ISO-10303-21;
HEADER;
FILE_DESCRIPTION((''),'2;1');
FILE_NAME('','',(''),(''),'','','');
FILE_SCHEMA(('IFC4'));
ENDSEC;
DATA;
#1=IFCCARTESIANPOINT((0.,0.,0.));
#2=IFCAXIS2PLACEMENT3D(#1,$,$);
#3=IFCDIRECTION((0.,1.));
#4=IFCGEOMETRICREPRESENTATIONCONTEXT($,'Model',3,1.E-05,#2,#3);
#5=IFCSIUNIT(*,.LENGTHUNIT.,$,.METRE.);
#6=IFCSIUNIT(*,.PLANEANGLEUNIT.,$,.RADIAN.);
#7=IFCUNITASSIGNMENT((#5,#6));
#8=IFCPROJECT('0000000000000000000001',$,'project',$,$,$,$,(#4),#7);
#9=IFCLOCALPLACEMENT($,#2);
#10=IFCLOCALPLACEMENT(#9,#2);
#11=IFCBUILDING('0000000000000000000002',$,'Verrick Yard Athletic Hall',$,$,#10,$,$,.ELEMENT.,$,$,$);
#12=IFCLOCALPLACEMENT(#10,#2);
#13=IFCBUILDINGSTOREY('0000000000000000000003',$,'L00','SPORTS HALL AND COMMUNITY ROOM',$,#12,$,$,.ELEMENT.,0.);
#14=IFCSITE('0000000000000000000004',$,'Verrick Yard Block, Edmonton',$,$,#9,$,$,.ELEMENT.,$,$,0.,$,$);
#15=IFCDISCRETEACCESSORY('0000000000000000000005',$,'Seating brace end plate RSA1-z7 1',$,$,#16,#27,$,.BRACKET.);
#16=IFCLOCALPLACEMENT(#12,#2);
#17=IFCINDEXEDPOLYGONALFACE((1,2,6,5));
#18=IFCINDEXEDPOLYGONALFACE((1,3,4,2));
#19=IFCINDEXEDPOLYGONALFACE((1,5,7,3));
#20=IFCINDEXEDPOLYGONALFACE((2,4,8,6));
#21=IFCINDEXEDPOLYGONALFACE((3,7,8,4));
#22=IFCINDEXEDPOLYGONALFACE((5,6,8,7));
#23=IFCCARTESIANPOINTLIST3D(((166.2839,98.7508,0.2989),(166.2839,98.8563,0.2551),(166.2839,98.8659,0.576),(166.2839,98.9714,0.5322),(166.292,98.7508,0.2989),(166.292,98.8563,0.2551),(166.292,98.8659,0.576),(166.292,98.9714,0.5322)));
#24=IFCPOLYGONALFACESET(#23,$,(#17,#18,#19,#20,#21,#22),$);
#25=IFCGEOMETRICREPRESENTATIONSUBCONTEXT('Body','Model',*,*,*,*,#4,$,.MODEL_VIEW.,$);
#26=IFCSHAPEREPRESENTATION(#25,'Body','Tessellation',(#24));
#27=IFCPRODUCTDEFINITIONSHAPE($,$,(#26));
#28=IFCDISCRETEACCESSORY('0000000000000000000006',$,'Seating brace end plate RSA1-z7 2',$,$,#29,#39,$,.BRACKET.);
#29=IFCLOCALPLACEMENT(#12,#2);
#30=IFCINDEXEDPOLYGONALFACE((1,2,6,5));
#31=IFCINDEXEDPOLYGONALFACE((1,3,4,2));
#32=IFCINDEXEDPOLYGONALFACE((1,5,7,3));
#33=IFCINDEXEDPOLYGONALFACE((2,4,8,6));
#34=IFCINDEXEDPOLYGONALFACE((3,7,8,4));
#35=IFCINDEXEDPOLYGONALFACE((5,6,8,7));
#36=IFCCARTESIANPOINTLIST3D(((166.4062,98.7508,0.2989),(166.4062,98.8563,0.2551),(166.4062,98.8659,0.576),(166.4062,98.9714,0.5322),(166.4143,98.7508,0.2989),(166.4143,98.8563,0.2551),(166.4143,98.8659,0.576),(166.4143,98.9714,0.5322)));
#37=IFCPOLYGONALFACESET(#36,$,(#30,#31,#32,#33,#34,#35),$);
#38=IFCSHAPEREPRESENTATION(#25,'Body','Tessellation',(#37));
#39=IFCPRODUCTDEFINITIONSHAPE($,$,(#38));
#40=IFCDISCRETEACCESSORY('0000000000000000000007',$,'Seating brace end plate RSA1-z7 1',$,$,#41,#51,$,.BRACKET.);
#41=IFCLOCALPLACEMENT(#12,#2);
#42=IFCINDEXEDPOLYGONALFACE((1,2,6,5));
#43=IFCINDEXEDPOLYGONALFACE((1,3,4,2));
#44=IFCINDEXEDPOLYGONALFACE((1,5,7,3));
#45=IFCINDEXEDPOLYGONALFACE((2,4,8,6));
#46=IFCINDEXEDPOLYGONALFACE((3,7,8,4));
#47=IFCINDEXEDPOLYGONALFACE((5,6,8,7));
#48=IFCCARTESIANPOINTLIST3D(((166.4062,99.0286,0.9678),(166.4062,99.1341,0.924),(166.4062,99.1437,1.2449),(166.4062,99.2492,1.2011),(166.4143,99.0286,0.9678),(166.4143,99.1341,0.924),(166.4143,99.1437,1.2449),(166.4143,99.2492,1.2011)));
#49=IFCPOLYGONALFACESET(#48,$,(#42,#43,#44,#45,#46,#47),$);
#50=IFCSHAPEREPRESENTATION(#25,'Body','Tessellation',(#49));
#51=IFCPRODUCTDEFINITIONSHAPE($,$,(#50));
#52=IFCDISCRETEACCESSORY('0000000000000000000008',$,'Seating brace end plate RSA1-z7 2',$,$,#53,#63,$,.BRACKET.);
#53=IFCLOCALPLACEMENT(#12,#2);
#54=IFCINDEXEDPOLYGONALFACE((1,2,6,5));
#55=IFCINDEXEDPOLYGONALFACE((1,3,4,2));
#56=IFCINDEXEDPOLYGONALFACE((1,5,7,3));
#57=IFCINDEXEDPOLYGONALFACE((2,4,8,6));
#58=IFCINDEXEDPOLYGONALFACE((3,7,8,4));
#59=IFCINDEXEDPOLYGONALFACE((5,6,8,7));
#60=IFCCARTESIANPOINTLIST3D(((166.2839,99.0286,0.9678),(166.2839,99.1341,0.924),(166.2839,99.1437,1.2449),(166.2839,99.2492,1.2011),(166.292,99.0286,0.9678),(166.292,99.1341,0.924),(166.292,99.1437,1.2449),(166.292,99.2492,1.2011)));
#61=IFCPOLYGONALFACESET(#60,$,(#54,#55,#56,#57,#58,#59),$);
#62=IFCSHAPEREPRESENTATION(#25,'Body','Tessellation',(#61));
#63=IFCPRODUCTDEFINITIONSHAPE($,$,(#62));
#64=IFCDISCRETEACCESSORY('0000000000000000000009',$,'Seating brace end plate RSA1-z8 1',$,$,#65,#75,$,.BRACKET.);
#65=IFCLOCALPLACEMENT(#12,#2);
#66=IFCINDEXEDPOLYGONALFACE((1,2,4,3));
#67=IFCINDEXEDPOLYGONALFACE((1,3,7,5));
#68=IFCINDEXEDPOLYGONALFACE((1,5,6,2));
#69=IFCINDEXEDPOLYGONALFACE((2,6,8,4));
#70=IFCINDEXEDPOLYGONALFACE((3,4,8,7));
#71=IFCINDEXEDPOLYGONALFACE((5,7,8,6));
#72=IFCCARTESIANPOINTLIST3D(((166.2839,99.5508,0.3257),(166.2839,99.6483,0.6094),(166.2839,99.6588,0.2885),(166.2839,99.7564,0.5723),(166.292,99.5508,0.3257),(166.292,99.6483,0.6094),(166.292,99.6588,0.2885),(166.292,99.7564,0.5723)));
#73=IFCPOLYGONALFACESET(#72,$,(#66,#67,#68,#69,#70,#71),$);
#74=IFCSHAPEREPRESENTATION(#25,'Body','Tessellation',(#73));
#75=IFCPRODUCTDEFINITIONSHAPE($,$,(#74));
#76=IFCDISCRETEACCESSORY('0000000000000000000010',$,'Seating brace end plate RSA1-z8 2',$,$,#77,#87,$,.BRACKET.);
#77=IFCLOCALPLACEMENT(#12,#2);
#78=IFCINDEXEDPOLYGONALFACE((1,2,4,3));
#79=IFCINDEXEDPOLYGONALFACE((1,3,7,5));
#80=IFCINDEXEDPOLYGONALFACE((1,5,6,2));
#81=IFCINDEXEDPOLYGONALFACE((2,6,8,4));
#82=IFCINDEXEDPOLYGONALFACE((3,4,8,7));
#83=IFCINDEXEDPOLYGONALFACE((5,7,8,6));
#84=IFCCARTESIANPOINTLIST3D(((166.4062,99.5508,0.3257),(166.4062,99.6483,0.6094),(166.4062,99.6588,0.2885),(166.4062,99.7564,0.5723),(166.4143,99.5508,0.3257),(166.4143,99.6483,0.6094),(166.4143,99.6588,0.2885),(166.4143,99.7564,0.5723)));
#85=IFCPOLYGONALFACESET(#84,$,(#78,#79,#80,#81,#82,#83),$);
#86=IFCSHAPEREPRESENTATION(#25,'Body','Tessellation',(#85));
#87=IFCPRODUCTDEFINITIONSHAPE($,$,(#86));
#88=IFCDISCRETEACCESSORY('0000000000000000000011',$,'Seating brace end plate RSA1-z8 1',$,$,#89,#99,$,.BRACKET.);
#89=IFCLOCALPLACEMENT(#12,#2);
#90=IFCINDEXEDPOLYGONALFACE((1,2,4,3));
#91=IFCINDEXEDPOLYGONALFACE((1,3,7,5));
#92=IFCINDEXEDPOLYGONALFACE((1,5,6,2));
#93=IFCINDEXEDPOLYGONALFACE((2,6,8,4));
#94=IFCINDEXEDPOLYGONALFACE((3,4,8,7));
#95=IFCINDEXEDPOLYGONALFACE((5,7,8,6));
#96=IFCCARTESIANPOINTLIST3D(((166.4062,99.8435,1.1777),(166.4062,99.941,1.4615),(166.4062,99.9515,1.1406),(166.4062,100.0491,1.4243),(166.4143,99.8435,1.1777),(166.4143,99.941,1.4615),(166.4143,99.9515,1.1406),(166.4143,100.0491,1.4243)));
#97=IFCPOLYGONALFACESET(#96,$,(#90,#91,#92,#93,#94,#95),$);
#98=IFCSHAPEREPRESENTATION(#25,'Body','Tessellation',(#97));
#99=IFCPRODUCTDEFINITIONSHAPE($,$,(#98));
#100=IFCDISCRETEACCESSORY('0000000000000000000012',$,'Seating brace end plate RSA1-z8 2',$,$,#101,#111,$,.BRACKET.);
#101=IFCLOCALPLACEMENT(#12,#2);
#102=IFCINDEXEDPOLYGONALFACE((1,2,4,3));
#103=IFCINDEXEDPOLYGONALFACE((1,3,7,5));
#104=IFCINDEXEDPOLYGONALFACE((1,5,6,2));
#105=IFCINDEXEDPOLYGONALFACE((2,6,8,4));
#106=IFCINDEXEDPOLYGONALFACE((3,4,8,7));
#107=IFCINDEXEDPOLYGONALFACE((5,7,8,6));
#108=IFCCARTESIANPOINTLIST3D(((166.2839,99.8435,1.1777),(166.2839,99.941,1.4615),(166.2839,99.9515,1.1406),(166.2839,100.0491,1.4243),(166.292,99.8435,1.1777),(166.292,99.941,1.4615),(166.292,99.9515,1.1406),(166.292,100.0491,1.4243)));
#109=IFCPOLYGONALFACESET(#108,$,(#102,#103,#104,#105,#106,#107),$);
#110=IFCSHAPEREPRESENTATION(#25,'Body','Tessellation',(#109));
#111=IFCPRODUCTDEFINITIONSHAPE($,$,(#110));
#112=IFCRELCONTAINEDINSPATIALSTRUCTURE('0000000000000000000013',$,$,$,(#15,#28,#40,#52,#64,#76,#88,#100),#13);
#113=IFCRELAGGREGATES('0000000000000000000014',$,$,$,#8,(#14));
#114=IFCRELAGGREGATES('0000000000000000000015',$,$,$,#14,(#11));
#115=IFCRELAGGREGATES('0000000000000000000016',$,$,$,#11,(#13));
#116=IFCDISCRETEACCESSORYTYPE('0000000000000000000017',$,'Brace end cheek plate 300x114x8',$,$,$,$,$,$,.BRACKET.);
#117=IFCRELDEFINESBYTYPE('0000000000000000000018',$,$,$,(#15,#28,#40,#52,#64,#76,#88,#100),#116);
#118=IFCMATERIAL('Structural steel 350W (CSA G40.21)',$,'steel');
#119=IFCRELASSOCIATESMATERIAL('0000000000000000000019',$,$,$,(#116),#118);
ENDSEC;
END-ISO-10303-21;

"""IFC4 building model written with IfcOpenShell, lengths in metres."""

from ifc_helpers import new_model, si_unit, direction, frame, origin, origin_2d, place, context, subcontext, project, spatial, rectangle, extrude, material, material_profile, profile_set, type_object, element, save


model = new_model("IFC4")

# Units and contexts
model_context = context("Model", 3, precision=1e-05, world=origin(), true_north=direction((0.0, 1.0)))
body_context = subcontext(model_context, "Body", "Model", "MODEL_VIEW")
ifc_project = project(units=[si_unit("LENGTHUNIT", "METRE"), si_unit("PLANEANGLEUNIT", "RADIAN")], contexts=[model_context])

# Site, building, storey
site_placement = place(None, origin())
site = spatial("IfcSite", under=ifc_project, at=site_placement, Name="Verrick Yard Block, Edmonton", CompositionType="ELEMENT", RefElevation=0.0)
building_placement = place(site_placement, origin())
building = spatial("IfcBuilding", under=site, at=building_placement, Name="Verrick Yard Athletic Hall", CompositionType="ELEMENT")
storey_placement = place(building_placement, origin())
storey = spatial("IfcBuildingStorey", under=building, at=storey_placement, Name="L00", Description="SPORTS HALL AND COMMUNITY ROOM", CompositionType="ELEMENT", Elevation=0.0)

# Shared definitions
ifc_material_1 = material(Name="Structural steel 350W (CSA G40.21)", Category="steel")

# Discrete accessories
ifc_material_profile_1 = material_profile(ifc_material_1, rectangle(XDim=0.3, YDim=0.1143, at=origin_2d()), Name="Brace end cheek plate")
ifc_profile_set_1 = profile_set([ifc_material_profile_1], Name="Structural steel 350W (CSA G40.21)")
discrete_accessory_type = type_object("IfcDiscreteAccessoryType", Name="Brace end cheek plate 300x114x8", PredefinedType="BRACKET", material=ifc_profile_set_1)
for number, where, z_axis, x_axis, name in (
    (1, (166.292, 98.8611, 0.4155), (-1.0, 0.0, 0.0), (0.0, 0.383566, 0.923513), "Seating brace end plate RSA1-z7 1"),
    (2, (166.4062, 98.8611, 0.4155), (1.0, 0.0, 0.0), (0.0, 0.383566, 0.923513), "Seating brace end plate RSA1-z7 2"),
    (3, (166.4062, 99.1389, 1.0845), (1.0, 0.0, 0.0), (0.0, -0.383566, -0.923513), "Seating brace end plate RSA1-z7 1"),
    (4, (166.292, 99.1389, 1.0845), (-1.0, 0.0, 0.0), (0.0, -0.383566, -0.923513), "Seating brace end plate RSA1-z7 2"),
    (5, (166.292, 99.6536, 0.449), (-1.0, 0.0, 0.0), (0.0, 0.325058, 0.945694), "Seating brace end plate RSA1-z8 1"),
    (6, (166.4062, 99.6536, 0.449), (1.0, 0.0, 0.0), (0.0, 0.325058, 0.945694), "Seating brace end plate RSA1-z8 2"),
    (7, (166.4062, 99.9463, 1.301), (1.0, 0.0, 0.0), (0.0, -0.325058, -0.945694), "Seating brace end plate RSA1-z8 1"),
    (8, (166.292, 99.9463, 1.301), (-1.0, 0.0, 0.0), (0.0, -0.325058, -0.945694), "Seating brace end plate RSA1-z8 2"),
):
    element("IfcDiscreteAccessory", number, at=place(storey_placement, frame(where, z_axis=z_axis, x_axis=x_axis)), inside=storey, type_object=discrete_accessory_type, Name=name, PredefinedType="BRACKET", context=body_context, shape_type="SweptSolid", body=[
        extrude(rectangle(XDim=0.3, YDim=0.1143, at=origin_2d()), origin(), (0.0, 0.0, 1.0), 0.0081),
    ])

save(model, "model.ifc")
